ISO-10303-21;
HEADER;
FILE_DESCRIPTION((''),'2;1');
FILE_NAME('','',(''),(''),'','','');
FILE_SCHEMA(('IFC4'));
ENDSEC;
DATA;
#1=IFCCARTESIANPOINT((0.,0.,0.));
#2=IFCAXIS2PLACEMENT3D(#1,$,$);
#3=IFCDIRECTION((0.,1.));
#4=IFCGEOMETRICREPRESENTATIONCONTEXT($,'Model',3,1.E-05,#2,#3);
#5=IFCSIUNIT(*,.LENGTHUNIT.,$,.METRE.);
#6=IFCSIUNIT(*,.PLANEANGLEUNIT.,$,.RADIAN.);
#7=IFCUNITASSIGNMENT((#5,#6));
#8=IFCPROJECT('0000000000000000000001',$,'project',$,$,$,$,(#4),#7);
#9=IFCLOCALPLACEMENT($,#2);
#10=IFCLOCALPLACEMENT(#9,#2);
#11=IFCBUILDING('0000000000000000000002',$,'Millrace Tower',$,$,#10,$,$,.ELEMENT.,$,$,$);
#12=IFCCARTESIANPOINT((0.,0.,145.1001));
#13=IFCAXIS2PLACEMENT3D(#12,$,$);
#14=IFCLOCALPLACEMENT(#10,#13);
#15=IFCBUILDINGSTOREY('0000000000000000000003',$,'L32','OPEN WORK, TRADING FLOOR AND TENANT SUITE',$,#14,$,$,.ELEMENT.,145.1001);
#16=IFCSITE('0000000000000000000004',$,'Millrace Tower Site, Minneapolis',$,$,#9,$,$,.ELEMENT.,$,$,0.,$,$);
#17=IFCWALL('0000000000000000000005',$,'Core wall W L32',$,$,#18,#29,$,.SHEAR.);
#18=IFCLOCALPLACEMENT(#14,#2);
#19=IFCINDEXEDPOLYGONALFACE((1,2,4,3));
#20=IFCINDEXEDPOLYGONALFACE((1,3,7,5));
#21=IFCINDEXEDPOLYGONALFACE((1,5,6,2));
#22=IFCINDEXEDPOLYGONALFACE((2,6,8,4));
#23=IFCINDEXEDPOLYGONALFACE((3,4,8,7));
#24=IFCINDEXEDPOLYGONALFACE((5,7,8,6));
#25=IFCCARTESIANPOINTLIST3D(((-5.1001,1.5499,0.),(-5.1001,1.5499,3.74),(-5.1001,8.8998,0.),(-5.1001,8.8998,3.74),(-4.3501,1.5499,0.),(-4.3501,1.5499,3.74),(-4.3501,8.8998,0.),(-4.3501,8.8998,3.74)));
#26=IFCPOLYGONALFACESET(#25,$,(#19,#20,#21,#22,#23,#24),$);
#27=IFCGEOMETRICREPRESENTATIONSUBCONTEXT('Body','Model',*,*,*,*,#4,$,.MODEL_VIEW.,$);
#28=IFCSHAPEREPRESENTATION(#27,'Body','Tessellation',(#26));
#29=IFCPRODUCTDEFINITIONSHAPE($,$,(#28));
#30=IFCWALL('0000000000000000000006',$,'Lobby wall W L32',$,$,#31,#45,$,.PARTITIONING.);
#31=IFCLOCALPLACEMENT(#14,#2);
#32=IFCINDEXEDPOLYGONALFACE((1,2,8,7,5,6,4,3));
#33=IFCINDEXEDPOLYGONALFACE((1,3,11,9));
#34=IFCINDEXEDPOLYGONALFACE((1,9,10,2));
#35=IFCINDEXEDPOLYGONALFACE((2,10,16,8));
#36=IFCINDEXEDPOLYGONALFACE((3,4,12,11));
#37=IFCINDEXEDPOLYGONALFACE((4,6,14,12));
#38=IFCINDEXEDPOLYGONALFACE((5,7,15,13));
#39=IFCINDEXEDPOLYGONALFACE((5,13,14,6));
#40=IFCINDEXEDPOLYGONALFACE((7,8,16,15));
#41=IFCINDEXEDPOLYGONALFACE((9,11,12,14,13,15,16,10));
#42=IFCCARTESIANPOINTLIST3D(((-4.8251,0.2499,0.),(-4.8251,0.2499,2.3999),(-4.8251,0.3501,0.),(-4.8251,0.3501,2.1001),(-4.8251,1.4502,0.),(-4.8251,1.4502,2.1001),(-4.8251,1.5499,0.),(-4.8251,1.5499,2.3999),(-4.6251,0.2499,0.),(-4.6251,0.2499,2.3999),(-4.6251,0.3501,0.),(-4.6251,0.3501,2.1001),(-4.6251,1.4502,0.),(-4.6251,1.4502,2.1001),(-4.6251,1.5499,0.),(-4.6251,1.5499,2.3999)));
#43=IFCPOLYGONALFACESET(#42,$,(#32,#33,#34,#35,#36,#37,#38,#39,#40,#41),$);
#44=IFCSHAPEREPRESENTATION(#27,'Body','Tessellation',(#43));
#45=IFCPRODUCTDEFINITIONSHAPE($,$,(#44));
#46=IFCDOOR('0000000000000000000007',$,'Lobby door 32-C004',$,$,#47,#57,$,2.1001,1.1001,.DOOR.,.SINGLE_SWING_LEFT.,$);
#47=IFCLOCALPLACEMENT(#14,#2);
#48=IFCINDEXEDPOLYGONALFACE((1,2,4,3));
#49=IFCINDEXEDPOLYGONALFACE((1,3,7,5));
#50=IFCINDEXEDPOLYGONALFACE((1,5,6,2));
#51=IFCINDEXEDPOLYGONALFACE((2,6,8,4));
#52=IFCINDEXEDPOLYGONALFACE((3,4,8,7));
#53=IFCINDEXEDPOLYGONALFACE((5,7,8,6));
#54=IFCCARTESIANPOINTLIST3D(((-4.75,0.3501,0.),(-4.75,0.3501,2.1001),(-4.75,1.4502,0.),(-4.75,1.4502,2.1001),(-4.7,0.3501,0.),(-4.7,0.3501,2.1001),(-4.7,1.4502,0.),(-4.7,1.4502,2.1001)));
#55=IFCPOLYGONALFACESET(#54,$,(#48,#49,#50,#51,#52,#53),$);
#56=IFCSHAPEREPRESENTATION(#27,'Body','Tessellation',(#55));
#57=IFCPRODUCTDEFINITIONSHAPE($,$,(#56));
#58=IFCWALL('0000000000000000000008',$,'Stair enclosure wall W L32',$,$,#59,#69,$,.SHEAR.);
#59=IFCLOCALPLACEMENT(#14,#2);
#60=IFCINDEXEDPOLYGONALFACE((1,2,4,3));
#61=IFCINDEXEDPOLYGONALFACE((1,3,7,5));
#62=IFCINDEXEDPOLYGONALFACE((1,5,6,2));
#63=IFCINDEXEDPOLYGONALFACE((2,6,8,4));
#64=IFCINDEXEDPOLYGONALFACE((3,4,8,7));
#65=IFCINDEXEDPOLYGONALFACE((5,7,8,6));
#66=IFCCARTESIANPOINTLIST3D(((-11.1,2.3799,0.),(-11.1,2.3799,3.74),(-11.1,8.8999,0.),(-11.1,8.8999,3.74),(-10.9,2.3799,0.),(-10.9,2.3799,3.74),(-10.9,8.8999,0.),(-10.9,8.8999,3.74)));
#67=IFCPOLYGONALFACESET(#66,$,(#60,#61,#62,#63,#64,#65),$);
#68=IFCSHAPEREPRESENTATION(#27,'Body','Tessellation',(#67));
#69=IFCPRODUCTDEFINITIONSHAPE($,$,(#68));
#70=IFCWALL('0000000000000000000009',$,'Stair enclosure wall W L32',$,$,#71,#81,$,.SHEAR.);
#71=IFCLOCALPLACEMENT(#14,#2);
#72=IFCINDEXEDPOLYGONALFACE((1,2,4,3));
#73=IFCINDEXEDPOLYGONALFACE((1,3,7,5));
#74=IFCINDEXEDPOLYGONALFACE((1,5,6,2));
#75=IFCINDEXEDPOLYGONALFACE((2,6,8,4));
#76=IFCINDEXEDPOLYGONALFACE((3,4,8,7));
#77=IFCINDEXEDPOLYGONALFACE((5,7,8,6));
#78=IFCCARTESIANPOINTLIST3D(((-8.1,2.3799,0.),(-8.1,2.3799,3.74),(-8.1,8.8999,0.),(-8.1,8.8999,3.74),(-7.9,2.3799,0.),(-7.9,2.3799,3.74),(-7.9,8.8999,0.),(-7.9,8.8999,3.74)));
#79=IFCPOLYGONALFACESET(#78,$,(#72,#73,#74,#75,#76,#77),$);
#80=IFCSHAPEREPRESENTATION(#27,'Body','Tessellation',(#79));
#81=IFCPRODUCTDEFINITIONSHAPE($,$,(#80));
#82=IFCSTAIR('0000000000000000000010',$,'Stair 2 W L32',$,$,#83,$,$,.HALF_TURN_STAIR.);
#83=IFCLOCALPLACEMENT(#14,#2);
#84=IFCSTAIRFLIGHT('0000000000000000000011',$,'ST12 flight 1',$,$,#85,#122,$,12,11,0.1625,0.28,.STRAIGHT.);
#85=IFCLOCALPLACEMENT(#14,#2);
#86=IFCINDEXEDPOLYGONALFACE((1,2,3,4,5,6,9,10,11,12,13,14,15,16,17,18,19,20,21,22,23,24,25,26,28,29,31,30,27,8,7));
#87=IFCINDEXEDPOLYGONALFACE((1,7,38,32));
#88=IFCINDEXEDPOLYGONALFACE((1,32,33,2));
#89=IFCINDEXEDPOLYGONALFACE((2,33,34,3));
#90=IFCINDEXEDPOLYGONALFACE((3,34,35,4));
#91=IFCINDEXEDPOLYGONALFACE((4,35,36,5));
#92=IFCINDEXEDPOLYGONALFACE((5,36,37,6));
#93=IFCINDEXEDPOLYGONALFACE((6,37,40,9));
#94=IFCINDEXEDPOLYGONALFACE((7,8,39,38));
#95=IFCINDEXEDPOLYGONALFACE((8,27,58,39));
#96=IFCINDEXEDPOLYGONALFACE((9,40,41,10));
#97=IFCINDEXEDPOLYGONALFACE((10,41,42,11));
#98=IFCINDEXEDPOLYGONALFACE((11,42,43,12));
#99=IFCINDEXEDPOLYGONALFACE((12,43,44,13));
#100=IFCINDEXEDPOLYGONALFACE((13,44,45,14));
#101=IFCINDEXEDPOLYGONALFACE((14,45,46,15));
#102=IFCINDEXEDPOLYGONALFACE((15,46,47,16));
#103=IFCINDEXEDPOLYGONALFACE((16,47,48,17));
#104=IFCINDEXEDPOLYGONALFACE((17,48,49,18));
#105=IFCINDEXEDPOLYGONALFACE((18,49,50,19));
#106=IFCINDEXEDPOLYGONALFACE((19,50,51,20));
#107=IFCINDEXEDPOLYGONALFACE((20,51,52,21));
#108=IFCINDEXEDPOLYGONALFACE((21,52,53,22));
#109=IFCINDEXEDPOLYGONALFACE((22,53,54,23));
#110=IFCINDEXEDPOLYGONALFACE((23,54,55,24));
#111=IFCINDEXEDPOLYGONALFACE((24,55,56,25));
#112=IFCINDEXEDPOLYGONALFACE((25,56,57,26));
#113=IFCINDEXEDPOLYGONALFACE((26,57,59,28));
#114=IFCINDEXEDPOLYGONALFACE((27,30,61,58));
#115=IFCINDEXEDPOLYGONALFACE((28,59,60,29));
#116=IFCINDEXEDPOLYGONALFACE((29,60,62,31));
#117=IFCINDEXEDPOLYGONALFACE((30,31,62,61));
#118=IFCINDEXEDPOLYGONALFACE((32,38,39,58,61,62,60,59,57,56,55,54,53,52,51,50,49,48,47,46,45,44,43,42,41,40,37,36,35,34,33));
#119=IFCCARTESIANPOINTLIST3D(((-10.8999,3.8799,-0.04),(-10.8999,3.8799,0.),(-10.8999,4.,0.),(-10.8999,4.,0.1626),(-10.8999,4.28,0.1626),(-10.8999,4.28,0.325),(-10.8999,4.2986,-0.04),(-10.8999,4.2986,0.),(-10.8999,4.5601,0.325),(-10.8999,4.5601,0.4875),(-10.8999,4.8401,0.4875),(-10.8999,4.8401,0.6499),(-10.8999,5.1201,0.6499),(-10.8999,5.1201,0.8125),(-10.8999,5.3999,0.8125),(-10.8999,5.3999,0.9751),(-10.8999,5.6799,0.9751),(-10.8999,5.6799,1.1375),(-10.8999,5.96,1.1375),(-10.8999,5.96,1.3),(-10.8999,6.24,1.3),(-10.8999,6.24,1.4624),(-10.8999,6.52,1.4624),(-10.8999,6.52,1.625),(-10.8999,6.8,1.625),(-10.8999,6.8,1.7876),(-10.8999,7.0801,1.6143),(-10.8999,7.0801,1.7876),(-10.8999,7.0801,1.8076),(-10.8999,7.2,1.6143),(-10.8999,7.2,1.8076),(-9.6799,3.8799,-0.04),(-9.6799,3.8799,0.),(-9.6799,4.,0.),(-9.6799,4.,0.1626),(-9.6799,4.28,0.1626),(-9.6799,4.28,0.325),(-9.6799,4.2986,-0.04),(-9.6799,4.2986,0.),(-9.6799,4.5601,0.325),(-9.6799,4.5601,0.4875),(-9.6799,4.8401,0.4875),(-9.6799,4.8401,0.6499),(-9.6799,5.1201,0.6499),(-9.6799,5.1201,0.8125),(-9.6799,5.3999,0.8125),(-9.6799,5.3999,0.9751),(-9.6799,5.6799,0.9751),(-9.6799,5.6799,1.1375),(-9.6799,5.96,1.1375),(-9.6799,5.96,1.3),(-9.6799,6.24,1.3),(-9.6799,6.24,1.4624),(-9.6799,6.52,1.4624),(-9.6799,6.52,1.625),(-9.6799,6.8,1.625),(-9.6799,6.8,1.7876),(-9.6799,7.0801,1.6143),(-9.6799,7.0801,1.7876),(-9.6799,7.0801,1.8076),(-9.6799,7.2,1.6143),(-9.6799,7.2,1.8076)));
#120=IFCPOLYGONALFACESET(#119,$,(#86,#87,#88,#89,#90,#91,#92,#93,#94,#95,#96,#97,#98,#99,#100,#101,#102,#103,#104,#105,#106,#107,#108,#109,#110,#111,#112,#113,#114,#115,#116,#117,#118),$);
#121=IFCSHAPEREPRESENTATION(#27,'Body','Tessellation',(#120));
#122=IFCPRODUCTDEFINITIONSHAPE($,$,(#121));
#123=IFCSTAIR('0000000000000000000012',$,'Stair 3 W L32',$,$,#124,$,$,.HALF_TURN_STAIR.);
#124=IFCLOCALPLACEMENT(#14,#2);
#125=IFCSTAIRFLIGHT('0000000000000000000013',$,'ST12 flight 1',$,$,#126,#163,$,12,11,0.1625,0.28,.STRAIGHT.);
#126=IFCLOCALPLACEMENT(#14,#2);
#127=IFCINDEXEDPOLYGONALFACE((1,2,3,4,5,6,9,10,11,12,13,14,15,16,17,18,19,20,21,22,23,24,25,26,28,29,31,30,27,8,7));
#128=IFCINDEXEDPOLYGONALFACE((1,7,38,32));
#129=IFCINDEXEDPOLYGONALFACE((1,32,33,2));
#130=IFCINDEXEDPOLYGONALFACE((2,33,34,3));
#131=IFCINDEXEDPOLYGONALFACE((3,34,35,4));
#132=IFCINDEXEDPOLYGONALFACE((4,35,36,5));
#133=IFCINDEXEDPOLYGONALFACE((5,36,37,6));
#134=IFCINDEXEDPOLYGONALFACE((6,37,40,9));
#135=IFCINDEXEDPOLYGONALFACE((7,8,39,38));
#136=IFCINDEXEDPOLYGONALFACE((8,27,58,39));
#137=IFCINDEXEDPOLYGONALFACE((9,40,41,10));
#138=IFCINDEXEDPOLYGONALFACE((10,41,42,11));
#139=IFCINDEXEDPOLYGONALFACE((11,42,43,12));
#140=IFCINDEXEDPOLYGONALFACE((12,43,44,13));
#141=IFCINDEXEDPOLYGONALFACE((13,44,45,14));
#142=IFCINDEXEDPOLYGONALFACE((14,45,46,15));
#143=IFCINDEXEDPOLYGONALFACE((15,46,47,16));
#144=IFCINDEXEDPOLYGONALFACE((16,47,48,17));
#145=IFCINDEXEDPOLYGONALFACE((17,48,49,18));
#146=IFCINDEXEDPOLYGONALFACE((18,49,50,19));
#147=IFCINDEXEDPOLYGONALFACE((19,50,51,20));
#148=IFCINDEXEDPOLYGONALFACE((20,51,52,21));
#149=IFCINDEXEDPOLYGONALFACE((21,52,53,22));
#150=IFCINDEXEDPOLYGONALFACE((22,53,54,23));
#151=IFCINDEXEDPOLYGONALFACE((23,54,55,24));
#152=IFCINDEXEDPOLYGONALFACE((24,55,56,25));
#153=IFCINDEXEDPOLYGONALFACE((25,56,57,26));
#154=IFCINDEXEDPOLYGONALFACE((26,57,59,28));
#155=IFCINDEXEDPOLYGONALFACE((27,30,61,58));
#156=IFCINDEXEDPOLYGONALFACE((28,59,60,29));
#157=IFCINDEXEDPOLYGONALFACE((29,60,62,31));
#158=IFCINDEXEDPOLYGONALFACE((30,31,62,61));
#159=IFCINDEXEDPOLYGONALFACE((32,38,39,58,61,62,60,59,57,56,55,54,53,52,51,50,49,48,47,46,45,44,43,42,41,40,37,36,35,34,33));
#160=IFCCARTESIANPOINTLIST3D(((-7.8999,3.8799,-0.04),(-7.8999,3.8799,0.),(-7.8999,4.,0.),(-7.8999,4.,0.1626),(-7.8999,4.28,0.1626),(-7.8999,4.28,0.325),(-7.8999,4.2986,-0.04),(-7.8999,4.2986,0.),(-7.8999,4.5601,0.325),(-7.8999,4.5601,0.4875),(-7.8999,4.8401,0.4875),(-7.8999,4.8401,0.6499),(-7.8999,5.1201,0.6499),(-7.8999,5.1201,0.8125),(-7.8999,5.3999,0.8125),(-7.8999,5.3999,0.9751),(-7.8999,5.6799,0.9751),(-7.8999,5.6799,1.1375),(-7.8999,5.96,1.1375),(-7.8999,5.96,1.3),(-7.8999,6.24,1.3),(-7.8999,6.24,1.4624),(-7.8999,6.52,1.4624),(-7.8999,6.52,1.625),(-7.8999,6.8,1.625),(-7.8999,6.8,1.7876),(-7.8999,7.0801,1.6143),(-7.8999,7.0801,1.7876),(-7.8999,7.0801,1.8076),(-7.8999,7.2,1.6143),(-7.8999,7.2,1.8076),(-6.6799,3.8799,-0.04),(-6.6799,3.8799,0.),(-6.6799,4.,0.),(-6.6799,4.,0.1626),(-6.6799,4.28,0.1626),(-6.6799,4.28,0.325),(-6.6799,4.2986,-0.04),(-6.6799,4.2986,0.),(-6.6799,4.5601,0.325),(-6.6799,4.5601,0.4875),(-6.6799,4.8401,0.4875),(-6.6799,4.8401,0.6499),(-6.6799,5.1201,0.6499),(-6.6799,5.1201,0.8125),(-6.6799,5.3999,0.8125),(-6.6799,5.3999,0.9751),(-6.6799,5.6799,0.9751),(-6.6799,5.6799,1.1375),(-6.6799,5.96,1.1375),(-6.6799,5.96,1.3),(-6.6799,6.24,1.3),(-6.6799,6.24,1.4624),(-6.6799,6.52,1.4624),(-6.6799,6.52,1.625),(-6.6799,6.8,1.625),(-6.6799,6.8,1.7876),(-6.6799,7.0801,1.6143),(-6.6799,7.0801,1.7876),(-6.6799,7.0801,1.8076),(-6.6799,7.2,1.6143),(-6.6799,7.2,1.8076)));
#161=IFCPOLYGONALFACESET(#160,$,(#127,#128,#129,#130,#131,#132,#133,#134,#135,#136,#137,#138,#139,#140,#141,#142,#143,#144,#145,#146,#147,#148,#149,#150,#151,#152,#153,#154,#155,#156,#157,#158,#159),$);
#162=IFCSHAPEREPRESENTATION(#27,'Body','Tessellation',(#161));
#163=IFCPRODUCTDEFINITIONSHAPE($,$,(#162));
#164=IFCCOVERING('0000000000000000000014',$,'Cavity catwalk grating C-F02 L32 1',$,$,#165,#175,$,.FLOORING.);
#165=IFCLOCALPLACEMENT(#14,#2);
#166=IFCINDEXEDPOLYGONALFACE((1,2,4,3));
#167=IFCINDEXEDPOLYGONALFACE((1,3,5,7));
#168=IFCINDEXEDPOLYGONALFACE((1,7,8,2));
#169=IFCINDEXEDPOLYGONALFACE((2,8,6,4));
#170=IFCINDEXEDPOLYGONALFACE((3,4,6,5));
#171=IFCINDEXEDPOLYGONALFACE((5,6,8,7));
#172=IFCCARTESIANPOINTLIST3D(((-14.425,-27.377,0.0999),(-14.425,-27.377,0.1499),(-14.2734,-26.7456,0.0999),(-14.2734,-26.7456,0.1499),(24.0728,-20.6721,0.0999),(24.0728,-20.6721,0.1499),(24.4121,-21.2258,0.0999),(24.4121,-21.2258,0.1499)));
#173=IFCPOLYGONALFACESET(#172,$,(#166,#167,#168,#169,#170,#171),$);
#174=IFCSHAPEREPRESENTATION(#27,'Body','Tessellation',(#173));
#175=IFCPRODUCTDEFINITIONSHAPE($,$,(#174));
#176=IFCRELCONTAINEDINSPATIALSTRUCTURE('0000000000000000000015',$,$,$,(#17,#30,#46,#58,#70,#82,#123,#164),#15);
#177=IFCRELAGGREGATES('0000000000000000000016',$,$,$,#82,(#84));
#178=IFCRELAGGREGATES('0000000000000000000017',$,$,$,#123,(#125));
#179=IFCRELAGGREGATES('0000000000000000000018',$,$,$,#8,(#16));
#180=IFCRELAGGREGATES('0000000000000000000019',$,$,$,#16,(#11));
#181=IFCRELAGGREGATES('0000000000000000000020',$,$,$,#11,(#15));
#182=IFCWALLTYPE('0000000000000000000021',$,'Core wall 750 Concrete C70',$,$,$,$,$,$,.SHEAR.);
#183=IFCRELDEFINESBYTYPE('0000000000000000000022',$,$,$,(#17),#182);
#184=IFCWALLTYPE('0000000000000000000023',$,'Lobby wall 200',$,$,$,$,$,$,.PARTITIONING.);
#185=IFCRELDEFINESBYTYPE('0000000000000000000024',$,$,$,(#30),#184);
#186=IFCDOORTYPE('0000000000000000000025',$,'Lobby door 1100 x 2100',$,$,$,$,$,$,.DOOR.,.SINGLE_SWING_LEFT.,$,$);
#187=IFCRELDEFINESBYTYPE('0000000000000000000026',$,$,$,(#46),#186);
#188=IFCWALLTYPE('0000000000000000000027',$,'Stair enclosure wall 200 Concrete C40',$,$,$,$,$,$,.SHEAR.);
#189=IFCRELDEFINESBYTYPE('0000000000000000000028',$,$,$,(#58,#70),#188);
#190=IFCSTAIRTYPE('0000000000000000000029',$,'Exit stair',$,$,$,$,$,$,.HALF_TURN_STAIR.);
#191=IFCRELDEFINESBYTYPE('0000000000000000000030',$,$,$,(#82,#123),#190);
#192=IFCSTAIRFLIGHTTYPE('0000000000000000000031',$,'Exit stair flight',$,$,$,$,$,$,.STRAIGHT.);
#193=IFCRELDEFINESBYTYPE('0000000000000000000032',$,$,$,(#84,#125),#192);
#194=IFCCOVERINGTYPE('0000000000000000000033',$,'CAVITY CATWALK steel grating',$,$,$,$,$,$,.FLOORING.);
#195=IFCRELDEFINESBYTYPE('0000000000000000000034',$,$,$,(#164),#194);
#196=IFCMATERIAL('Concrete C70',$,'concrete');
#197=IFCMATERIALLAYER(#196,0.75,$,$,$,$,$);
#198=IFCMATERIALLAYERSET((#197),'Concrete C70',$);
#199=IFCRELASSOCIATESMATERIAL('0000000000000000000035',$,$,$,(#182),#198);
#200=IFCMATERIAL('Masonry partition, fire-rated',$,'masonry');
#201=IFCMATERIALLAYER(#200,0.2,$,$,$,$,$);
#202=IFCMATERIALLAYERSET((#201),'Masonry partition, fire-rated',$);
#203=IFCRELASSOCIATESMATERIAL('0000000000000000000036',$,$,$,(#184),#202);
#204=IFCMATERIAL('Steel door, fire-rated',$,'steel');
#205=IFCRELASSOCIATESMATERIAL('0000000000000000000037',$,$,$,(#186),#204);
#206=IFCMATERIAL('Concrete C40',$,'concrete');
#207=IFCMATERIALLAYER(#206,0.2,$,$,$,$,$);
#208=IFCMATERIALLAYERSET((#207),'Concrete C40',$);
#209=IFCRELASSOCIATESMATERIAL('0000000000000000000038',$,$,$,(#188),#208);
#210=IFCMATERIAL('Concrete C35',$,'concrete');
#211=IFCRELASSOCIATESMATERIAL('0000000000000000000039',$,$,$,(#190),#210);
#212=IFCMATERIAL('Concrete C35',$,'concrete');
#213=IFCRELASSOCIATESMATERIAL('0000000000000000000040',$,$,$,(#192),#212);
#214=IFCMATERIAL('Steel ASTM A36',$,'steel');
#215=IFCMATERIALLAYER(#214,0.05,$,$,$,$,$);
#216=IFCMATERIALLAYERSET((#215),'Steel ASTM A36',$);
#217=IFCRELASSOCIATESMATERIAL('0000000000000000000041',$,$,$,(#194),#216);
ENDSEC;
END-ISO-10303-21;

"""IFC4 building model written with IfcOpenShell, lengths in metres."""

from ifc_helpers import new_model, si_unit, direction, frame, frame_2d, origin, place, context, subcontext, project, spatial, polyline, rectangle, outline, extrude, material, layer, layer_set, type_object, element, fill, aggregate, save


model = new_model("IFC4")

# Units and contexts
model_context = context("Model", 3, precision=1e-05, world=origin(), true_north=direction((0.0, 1.0)))
body_context = subcontext(model_context, "Body", "Model", "MODEL_VIEW")
ifc_project = project(units=[si_unit("LENGTHUNIT", "METRE"), si_unit("PLANEANGLEUNIT", "RADIAN")], contexts=[model_context])

# Site, building, storey
site_placement = place(None, origin())
site = spatial("IfcSite", under=ifc_project, at=site_placement, Name="Millrace Tower Site, Minneapolis", CompositionType="ELEMENT", RefElevation=0.0)
building_placement = place(site_placement, origin())
building = spatial("IfcBuilding", under=site, at=building_placement, Name="Millrace Tower", CompositionType="ELEMENT")
storey_placement = place(building_placement, frame((0.0, 0.0, 145.1001)))
storey = spatial("IfcBuildingStorey", under=building, at=storey_placement, Name="L32", Description="OPEN WORK, TRADING FLOOR AND TENANT SUITE", CompositionType="ELEMENT", Elevation=145.1001)

# Shared definitions
placement_1 = place(storey_placement, origin())

# Wall
ifc_material_1 = material(Name="Concrete C70", Category="concrete")
ifc_layer_1 = layer(ifc_material_1, 0.75)
ifc_layer_set_1 = layer_set([ifc_layer_1], Name="Concrete C70")
wall_type_1 = type_object("IfcWallType", Name="Core wall 750 Concrete C70", PredefinedType="SHEAR", material=ifc_layer_set_1)
wall_1_placement = place(storey_placement, frame((-4.7251, 1.55, 0.0), z_axis=(0.0, 0.0, 1.0), x_axis=(0.0, 1.0, 0.0)))
element("IfcWall", 1, at=wall_1_placement, inside=storey, type_object=wall_type_1, Name="Core wall W L32", PredefinedType="SHEAR", context=body_context, shape_type="SweptSolid", body=[
    extrude(rectangle(XDim=7.3499, YDim=0.75, at=frame_2d((3.6748, 0.0))), origin(), (0.0, 0.0, 1.0), 3.74),
])

# Wall, opening, door
ifc_material_2 = material(Name="Masonry partition, fire-rated", Category="masonry")
ifc_layer_2 = layer(ifc_material_2, 0.2)
ifc_layer_set_2 = layer_set([ifc_layer_2], Name="Masonry partition, fire-rated")
wall_type_2 = type_object("IfcWallType", Name="Lobby wall 200", PredefinedType="PARTITIONING", material=ifc_layer_set_2)
wall_2_placement = place(storey_placement, frame((-4.7251, 0.25, 0.0), z_axis=(0.0, 0.0, 1.0), x_axis=(0.0, 1.0, 0.0)))
wall_2 = element("IfcWall", 2, at=wall_2_placement, inside=storey, type_object=wall_type_2, Name="Lobby wall W L32", PredefinedType="PARTITIONING", context=body_context, shape_type="SweptSolid", body=[
    extrude(rectangle(XDim=1.3, YDim=0.2, at=frame_2d((0.6499, 0.0))), origin(), (0.0, 0.0, 1.0), 2.3999),
])
opening_placement = place(wall_2_placement, frame((0.1001, 0.0, 0.0)))
opening = element("IfcOpeningElement", 3, at=opening_placement, cuts=wall_2, PredefinedType="OPENING", context=body_context, shape_type="SweptSolid", body=[
    extrude(rectangle(XDim=1.1001, YDim=2.1001, at=frame_2d((0.55, 1.05))), frame((0.0, 0.1099, 0.0), z_axis=(0.0, -1.0, 0.0), x_axis=(1.0, 0.0, 0.0)), (0.0, 0.0, 1.0), 0.22),
])
ifc_material_3 = material(Name="Steel door, fire-rated", Category="steel")
door_type = type_object("IfcDoorType", Name="Lobby door 1100 x 2100", OperationType="SINGLE_SWING_LEFT", PredefinedType="DOOR", material=ifc_material_3)
door_placement = place(opening_placement, origin())
door = element("IfcDoor", 4, at=door_placement, inside=storey, type_object=door_type, Name="Lobby door 32-C004", OperationType="SINGLE_SWING_LEFT", OverallHeight=2.1001, OverallWidth=1.1001, PredefinedType="DOOR", context=body_context, shape_type="SweptSolid", body=[
    extrude(rectangle(XDim=1.1001, YDim=2.1001, at=frame_2d((0.55, 1.05))), frame((0.0, 0.0249, 0.0), z_axis=(0.0, -1.0, 0.0), x_axis=(1.0, 0.0, 0.0)), (0.0, 0.0, 1.0), 0.05),
])
fill(opening, door)

# Walls
ifc_material_4 = material(Name="Concrete C40", Category="concrete")
ifc_layer_3 = layer(ifc_material_4, 0.2)
ifc_layer_set_3 = layer_set([ifc_layer_3], Name="Concrete C40")
wall_type_3 = type_object("IfcWallType", Name="Stair enclosure wall 200 Concrete C40", PredefinedType="SHEAR", material=ifc_layer_set_3)
for number, where, z_axis, x_axis, name in (
    (5, (-11.0, 2.3799, 0.0), (0.0, 0.0, 1.0), (0.0, 1.0, 0.0), "Stair enclosure wall W L32"),
    (6, (-8.0, 2.3799, 0.0), (0.0, 0.0, 1.0), (0.0, 1.0, 0.0), "Stair enclosure wall W L32"),
):
    element("IfcWall", number, at=place(storey_placement, frame(where, z_axis=z_axis, x_axis=x_axis)), inside=storey, type_object=wall_type_3, Name=name, PredefinedType="SHEAR", context=body_context, shape_type="SweptSolid", body=[
        extrude(rectangle(XDim=6.52, YDim=0.2, at=frame_2d((3.26, 0.0))), origin(), (0.0, 0.0, 1.0), 3.74),
    ])

# Stairs, stair flights
ifc_material_5 = material(Name="Concrete C35", Category="concrete")
stair_type = type_object("IfcStairType", Name="Exit stair", PredefinedType="HALF_TURN_STAIR", material=ifc_material_5)
stair_1 = element("IfcStair", 7, at=placement_1, inside=storey, type_object=stair_type, Name="Stair 2 W L32", PredefinedType="HALF_TURN_STAIR")
ifc_material_6 = material(Name="Concrete C35", Category="concrete")
stair_flight_type = type_object("IfcStairFlightType", Name="Exit stair flight", PredefinedType="STRAIGHT", material=ifc_material_6)
stair_flight_1_placement = place(storey_placement, frame((-10.29, 4.0, 0.0), z_axis=(0.0, 0.0, 1.0), x_axis=(0.0, 1.0, 0.0)))
stair_flight_1 = element("IfcStairFlight", 8, at=stair_flight_1_placement, type_object=stair_flight_type, Name="ST12 flight 1", NumberOfRisers=12, NumberOfTreads=11, PredefinedType="STRAIGHT", RiserHeight=0.1625, TreadLength=0.28, context=body_context, shape_type="SweptSolid", body=[
    extrude(outline(polyline([(-0.1201, -0.04), (-0.1201, 0.0), (0.0, 0.0), (0.0, 0.1626), (0.28, 0.1626), (0.28, 0.325), (0.5601, 0.325), (0.5601, 0.4875), (0.8401, 0.4875), (0.8401, 0.6499), (1.1201, 0.6499), (1.1201, 0.8125), (1.3999, 0.8125), (1.3999, 0.9751), (1.6799, 0.9751), (1.6799, 1.1375), (1.96, 1.1375), (1.96, 1.3), (2.24, 1.3), (2.24, 1.4624), (2.52, 1.4624), (2.52, 1.625), (2.8, 1.625), (2.8, 1.7876), (3.0801, 1.7876), (3.0801, 1.8076), (3.2, 1.8076), (3.2, 1.6143), (3.0801, 1.6143), (0.2986, 0.0), (0.2986, -0.04), (-0.1201, -0.04)])), frame((0.0, 0.6099, 0.0), z_axis=(0.0, -1.0, 0.0), x_axis=(1.0, 0.0, 0.0)), (0.0, 0.0, 1.0), 1.22),
])
aggregate(stair_1, [stair_flight_1])
stair_2 = element("IfcStair", 9, at=placement_1, inside=storey, type_object=stair_type, Name="Stair 3 W L32", PredefinedType="HALF_TURN_STAIR")
stair_flight_2_placement = place(storey_placement, frame((-7.29, 4.0, 0.0), z_axis=(0.0, 0.0, 1.0), x_axis=(0.0, 1.0, 0.0)))
stair_flight_2 = element("IfcStairFlight", 10, at=stair_flight_2_placement, type_object=stair_flight_type, Name="ST12 flight 1", NumberOfRisers=12, NumberOfTreads=11, PredefinedType="STRAIGHT", RiserHeight=0.1625, TreadLength=0.28, context=body_context, shape_type="SweptSolid", body=[
    extrude(outline(polyline([(-0.1201, -0.04), (-0.1201, 0.0), (0.0, 0.0), (0.0, 0.1626), (0.28, 0.1626), (0.28, 0.325), (0.5601, 0.325), (0.5601, 0.4875), (0.8401, 0.4875), (0.8401, 0.6499), (1.1201, 0.6499), (1.1201, 0.8125), (1.3999, 0.8125), (1.3999, 0.9751), (1.6799, 0.9751), (1.6799, 1.1375), (1.96, 1.1375), (1.96, 1.3), (2.24, 1.3), (2.24, 1.4624), (2.52, 1.4624), (2.52, 1.625), (2.8, 1.625), (2.8, 1.7876), (3.0801, 1.7876), (3.0801, 1.8076), (3.2, 1.8076), (3.2, 1.6143), (3.0801, 1.6143), (0.2986, 0.0), (0.2986, -0.04), (-0.1201, -0.04)])), frame((0.0, 0.6099, 0.0), z_axis=(0.0, -1.0, 0.0), x_axis=(1.0, 0.0, 0.0)), (0.0, 0.0, 1.0), 1.22),
])
aggregate(stair_2, [stair_flight_2])

# Covering
ifc_material_7 = material(Name="Steel ASTM A36", Category="steel")
ifc_layer_4 = layer(ifc_material_7, 0.05)
ifc_layer_set_4 = layer_set([ifc_layer_4], Name="Steel ASTM A36")
covering_type = type_object("IfcCoveringType", Name="CAVITY CATWALK steel grating", PredefinedType="FLOORING", material=ifc_layer_set_4)
placement_2 = place(storey_placement, frame((0.0, 0.0, 0.0999)))
element("IfcCovering", 11, at=placement_2, inside=storey, type_object=covering_type, Name="Cavity catwalk grating C-F02 L32 1", PredefinedType="FLOORING", context=body_context, shape_type="SweptSolid", body=[
    extrude(outline(polyline([(-14.425, -27.377), (24.4121, -21.2258), (24.0728, -20.6721), (-14.2734, -26.7456), (-14.425, -27.377)])), origin(), (0.0, 0.0, 1.0), 0.05),
])

save(model, "model.ifc")
